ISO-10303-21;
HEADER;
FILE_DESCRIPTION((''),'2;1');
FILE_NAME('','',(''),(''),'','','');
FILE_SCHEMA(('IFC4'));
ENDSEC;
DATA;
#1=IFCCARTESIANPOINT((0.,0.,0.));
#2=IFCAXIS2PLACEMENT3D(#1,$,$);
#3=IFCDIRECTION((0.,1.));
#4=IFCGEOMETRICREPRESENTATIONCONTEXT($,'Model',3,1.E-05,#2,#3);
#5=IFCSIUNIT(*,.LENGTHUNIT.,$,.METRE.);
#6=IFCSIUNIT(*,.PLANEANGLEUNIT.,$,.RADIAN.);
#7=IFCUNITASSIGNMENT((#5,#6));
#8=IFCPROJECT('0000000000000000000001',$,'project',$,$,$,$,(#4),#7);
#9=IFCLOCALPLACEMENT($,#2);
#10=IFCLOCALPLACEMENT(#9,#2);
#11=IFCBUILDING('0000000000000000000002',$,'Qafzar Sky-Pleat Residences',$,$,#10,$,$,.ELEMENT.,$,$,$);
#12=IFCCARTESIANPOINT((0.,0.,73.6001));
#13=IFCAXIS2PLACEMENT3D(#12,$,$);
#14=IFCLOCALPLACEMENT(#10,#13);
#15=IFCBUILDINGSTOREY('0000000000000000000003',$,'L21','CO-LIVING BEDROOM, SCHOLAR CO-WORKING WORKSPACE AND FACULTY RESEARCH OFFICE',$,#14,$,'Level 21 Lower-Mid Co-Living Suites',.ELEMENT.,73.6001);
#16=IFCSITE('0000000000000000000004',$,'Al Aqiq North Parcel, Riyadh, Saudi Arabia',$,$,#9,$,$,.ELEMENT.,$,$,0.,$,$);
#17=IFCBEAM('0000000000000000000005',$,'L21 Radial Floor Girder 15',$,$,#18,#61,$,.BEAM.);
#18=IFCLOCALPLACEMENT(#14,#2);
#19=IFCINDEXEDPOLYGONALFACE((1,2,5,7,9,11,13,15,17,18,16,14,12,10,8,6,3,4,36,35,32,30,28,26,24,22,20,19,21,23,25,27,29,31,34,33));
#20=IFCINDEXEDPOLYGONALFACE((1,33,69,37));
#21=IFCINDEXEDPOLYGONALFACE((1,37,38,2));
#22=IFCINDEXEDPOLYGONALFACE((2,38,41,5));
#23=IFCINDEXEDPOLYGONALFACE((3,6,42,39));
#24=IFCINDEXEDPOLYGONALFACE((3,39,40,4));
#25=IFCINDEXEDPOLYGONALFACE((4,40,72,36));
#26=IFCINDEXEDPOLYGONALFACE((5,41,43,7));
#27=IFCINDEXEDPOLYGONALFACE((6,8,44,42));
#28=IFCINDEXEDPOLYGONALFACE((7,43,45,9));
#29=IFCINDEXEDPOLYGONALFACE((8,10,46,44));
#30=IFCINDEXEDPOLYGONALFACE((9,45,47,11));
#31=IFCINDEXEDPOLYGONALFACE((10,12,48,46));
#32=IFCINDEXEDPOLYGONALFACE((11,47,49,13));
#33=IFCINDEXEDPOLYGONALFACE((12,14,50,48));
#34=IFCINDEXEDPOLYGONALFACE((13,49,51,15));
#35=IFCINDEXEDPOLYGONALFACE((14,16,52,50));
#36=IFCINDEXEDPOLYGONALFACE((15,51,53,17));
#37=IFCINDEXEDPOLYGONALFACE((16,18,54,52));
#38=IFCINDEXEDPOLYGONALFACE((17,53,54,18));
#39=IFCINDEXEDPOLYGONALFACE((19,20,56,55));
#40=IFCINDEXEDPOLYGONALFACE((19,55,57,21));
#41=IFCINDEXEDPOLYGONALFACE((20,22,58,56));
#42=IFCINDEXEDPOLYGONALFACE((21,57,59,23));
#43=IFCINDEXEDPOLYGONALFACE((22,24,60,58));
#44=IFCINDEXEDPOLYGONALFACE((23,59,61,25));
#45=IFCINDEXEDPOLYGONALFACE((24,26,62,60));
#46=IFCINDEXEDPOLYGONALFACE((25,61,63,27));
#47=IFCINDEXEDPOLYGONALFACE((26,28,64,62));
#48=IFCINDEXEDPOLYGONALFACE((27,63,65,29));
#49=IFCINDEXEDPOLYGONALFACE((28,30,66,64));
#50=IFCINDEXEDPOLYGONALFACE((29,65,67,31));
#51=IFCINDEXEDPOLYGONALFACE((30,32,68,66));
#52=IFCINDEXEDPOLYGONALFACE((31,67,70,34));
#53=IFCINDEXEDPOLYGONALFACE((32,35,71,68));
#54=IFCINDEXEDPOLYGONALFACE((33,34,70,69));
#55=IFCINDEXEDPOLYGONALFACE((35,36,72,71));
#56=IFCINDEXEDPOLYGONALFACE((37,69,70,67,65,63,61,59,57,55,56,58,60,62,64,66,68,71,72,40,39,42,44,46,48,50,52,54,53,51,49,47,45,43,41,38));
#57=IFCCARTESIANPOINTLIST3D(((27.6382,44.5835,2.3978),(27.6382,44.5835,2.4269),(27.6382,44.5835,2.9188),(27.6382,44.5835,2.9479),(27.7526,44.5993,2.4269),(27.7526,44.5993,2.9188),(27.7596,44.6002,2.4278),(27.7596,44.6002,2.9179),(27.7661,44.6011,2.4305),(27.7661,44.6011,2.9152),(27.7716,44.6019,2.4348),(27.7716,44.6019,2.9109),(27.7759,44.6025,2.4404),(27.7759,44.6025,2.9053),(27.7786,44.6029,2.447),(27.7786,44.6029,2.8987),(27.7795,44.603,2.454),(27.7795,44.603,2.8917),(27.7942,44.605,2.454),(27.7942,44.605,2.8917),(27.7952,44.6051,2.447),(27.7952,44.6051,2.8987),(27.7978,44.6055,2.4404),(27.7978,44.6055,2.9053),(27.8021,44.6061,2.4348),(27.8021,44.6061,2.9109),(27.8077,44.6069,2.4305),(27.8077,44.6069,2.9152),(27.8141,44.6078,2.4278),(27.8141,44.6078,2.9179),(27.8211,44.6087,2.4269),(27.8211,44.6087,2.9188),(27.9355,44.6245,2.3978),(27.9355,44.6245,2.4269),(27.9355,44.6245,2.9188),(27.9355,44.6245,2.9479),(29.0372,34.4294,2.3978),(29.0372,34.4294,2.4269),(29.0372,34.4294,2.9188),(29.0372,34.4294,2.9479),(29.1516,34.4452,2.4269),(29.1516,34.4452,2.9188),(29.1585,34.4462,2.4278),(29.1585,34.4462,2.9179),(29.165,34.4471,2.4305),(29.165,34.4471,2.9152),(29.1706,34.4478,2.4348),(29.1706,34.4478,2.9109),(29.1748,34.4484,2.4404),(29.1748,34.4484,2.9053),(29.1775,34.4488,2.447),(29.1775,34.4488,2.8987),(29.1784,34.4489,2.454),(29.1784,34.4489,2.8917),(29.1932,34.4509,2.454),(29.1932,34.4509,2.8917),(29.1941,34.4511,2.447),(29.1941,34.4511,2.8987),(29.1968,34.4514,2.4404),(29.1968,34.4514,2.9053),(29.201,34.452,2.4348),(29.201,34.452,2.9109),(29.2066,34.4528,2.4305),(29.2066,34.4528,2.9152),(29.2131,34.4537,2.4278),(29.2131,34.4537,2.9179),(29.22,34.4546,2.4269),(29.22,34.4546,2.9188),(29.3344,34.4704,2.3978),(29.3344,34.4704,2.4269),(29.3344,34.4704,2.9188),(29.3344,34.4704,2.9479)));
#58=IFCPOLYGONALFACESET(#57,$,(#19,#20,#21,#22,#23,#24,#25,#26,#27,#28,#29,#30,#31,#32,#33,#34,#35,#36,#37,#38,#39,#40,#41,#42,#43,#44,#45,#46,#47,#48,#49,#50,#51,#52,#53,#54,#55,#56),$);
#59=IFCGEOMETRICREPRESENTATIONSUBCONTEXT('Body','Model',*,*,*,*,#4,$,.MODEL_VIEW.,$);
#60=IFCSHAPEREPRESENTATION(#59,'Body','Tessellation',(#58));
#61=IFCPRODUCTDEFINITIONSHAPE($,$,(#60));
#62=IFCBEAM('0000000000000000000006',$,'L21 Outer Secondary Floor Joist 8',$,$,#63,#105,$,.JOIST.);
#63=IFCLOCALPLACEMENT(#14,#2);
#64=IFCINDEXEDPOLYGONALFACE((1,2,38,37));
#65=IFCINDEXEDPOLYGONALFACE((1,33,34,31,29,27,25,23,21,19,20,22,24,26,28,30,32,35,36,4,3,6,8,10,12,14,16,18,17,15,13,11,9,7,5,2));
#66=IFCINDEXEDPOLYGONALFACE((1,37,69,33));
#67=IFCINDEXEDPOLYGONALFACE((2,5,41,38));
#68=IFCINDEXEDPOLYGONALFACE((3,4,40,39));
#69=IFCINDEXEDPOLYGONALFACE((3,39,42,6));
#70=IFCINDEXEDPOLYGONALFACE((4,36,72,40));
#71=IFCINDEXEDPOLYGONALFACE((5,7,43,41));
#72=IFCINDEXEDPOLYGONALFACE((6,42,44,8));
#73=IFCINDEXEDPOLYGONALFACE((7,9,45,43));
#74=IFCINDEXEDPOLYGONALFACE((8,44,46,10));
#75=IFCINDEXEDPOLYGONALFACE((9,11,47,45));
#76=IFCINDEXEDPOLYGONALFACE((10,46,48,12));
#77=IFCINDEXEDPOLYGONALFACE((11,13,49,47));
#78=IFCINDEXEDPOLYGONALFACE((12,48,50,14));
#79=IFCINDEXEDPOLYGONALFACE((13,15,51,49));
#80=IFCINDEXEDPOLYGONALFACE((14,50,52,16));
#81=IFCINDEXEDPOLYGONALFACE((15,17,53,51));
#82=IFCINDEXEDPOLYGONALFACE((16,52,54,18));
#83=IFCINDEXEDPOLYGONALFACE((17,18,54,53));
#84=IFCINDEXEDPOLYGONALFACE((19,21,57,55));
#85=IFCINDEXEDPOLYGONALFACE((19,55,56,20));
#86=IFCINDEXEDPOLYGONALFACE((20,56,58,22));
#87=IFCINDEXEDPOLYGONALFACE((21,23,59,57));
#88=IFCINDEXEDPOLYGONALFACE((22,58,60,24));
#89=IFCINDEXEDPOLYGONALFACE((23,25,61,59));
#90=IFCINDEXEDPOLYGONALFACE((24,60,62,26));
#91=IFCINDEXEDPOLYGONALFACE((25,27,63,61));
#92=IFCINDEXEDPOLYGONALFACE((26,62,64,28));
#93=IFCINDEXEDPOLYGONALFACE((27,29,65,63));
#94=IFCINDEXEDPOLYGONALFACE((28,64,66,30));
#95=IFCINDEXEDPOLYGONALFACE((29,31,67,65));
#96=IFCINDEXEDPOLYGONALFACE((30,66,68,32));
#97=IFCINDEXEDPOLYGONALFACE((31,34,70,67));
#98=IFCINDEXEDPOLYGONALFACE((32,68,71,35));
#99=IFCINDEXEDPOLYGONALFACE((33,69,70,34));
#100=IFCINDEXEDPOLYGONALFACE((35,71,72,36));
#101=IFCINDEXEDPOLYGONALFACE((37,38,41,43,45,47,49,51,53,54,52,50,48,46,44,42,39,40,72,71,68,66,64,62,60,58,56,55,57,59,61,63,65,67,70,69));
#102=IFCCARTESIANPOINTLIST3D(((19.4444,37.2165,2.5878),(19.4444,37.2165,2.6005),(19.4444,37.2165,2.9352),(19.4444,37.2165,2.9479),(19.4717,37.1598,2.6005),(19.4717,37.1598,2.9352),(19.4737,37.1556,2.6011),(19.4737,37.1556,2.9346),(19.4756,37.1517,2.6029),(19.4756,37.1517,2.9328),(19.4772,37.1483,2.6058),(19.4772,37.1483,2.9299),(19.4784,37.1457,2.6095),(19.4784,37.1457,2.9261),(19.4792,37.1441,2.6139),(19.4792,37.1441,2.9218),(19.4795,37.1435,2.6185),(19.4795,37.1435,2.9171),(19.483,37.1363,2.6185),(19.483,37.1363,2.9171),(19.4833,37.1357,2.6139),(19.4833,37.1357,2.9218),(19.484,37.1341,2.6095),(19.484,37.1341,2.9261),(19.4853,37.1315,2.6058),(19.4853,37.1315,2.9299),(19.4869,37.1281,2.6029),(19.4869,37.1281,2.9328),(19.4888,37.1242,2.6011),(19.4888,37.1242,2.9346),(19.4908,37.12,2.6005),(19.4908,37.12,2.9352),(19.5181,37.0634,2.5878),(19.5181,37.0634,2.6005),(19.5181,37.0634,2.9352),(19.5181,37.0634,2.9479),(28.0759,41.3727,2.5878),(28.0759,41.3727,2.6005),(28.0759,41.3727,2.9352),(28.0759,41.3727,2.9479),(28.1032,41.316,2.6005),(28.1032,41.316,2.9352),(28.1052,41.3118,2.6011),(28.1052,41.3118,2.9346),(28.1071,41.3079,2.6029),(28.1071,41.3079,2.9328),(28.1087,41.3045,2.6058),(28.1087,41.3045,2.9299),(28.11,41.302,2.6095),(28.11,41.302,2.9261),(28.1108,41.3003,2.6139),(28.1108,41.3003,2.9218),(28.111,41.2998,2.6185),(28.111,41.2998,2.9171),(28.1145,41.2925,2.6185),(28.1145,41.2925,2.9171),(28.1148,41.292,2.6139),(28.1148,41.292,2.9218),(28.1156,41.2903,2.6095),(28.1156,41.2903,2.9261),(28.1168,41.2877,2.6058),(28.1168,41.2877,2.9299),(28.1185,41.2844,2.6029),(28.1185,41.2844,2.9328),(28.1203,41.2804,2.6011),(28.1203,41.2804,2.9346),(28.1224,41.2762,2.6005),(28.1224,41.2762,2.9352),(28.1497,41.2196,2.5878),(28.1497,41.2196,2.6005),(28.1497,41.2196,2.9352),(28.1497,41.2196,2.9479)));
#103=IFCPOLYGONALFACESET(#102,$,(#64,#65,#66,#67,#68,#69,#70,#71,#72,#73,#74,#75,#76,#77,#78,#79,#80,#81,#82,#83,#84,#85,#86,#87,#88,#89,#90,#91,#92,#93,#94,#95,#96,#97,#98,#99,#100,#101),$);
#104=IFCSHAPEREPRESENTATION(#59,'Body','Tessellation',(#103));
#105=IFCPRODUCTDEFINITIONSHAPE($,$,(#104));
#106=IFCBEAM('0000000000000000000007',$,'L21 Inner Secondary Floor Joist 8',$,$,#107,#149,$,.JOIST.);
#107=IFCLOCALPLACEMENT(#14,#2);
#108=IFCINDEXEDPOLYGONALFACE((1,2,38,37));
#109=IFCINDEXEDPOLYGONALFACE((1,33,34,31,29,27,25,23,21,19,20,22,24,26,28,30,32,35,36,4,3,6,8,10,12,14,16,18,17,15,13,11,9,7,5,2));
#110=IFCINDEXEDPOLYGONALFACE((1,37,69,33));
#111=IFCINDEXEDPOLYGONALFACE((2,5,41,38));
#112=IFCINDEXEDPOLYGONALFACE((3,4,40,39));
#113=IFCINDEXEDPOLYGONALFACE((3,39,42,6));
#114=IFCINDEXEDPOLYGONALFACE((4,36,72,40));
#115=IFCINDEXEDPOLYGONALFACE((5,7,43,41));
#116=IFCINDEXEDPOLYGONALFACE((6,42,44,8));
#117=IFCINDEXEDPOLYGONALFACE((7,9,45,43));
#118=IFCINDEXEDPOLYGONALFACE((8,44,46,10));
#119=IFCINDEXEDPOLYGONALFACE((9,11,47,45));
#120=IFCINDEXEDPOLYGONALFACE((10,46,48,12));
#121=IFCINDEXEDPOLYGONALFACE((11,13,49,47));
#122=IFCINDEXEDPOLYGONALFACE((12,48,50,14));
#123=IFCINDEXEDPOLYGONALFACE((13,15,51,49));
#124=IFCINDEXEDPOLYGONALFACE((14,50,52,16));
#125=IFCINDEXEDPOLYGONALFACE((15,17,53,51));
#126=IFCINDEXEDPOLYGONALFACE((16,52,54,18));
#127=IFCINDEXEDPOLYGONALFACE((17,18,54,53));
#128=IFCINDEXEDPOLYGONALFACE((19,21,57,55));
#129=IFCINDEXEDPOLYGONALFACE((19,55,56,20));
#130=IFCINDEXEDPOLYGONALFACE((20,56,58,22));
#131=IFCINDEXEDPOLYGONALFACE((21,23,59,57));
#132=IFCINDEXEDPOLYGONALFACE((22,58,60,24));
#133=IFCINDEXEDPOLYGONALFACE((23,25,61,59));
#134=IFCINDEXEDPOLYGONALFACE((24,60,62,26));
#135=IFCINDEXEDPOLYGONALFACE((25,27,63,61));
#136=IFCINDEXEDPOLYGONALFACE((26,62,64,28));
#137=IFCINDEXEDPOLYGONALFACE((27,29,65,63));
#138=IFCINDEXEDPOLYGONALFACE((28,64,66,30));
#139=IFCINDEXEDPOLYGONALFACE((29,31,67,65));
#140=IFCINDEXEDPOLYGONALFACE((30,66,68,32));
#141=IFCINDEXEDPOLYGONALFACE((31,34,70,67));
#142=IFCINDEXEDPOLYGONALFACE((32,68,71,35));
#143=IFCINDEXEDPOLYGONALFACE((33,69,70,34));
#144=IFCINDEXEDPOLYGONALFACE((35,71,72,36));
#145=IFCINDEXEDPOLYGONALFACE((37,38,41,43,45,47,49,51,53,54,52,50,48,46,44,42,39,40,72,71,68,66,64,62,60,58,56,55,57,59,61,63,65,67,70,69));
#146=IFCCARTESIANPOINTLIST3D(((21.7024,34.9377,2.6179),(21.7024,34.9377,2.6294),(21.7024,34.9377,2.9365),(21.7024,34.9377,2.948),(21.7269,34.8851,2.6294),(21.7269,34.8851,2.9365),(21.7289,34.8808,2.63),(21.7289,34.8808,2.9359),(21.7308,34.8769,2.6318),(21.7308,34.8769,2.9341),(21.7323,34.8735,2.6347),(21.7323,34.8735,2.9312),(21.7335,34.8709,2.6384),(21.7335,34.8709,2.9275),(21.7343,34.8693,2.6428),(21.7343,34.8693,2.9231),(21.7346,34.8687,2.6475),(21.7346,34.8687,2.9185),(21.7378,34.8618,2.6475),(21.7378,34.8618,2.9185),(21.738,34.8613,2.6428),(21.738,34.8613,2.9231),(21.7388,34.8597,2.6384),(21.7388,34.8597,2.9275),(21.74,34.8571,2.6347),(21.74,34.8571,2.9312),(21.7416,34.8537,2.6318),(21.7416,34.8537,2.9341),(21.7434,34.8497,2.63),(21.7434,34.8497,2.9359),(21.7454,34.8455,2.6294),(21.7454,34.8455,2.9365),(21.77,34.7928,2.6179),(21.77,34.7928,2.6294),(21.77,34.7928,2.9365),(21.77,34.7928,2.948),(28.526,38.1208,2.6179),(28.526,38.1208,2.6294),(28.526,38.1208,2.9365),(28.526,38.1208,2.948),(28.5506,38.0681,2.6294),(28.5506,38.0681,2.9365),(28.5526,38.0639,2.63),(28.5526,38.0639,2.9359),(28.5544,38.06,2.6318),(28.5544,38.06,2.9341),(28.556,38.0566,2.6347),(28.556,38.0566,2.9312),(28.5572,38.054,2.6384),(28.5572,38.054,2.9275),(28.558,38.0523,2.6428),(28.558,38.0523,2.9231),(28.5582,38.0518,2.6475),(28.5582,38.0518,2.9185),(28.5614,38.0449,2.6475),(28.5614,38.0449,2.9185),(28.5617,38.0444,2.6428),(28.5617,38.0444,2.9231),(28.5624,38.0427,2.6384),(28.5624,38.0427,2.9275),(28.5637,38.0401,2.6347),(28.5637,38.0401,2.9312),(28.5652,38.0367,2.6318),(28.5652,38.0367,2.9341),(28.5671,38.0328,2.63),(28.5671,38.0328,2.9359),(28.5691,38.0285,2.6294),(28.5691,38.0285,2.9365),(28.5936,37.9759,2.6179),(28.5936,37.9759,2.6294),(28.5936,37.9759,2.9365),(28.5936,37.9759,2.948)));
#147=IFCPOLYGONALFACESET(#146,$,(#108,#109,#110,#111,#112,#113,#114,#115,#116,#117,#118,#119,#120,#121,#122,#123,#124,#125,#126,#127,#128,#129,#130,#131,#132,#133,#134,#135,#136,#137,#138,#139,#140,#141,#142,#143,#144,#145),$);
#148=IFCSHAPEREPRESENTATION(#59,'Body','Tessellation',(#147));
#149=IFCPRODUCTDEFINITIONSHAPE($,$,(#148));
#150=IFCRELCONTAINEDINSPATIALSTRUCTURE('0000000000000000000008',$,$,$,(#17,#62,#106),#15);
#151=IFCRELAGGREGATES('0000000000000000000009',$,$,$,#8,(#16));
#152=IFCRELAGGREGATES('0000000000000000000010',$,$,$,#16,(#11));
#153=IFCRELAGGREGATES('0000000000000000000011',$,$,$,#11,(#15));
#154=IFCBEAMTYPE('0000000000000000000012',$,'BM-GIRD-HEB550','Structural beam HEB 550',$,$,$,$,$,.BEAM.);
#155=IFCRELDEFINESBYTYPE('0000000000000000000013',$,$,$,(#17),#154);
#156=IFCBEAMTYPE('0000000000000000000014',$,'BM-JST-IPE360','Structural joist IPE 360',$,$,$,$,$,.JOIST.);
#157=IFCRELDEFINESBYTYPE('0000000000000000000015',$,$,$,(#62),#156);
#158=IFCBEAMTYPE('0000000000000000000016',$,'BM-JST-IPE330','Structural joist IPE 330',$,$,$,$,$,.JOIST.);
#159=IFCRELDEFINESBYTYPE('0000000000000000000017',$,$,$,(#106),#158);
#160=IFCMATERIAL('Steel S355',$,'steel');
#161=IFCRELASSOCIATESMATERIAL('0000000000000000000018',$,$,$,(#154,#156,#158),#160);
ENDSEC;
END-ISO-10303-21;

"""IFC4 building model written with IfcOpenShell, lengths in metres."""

from ifc_helpers import new_model, si_unit, direction, frame, origin, origin_2d, place, context, subcontext, project, spatial, i_section, extrude, source, transform, mapped, material, material_profile, profile_set, type_object, element, save


model = new_model("IFC4")

# Units and contexts
model_context = context("Model", 3, precision=1e-05, world=origin(), true_north=direction((0.0, 1.0)))
body_context = subcontext(model_context, "Body", "Model", "MODEL_VIEW")
ifc_project = project(units=[si_unit("LENGTHUNIT", "METRE"), si_unit("PLANEANGLEUNIT", "RADIAN")], contexts=[model_context])

# Site, building, storey
site_placement = place(None, origin())
site = spatial("IfcSite", under=ifc_project, at=site_placement, Name="Al Aqiq North Parcel, Riyadh, Saudi Arabia", CompositionType="ELEMENT", RefElevation=0.0)
building_placement = place(site_placement, origin())
building = spatial("IfcBuilding", under=site, at=building_placement, Name="Qafzar Sky-Pleat Residences", CompositionType="ELEMENT")
storey_placement = place(building_placement, frame((0.0, 0.0, 73.6001)))
storey = spatial("IfcBuildingStorey", under=building, at=storey_placement, Name="L21", Description="CO-LIVING BEDROOM, SCHOLAR CO-WORKING WORKSPACE AND FACULTY RESEARCH OFFICE", LongName="Level 21 Lower-Mid Co-Living Suites", CompositionType="ELEMENT", Elevation=73.6001)

# Beams
ifc_material_1 = material(Name="Steel S355", Category="steel")
ifc_material_profile_1 = material_profile(ifc_material_1, i_section(OverallWidth=0.3, OverallDepth=0.55, WebThickness=0.0149, FlangeThickness=0.0291, FilletRadius=0.0271, at=origin_2d()), Name="HEB 550")
ifc_profile_set_1 = profile_set([ifc_material_profile_1], Name="Steel S355")
beam_type_1 = type_object("IfcBeamType", Name="BM-GIRD-HEB550", Description="Structural beam HEB 550", PredefinedType="BEAM", material=ifc_profile_set_1)
shared_shape_1 = source(origin(), body_context, "Body", "SweptSolid", [
    extrude(i_section(OverallWidth=0.3, OverallDepth=0.55, WebThickness=0.0149, FlangeThickness=0.0291, FilletRadius=0.0271, at=origin_2d()), origin(), (0.0, 0.0, 1.0), 10.25),
])
beam_1_placement = place(storey_placement, frame((27.7869, 44.604, 2.6729), z_axis=(0.136481, -0.990643, 0.0), x_axis=(0.990643, 0.136481, 0.0)))
element("IfcBeam", 1, at=beam_1_placement, inside=storey, type_object=beam_type_1, Name="L21 Radial Floor Girder 15", PredefinedType="BEAM", context=body_context, shape_type="MappedRepresentation", body=[
    mapped(shared_shape_1, transform((0.0, 0.0, 0.0), x_axis=(1.0, 0.0, 0.0), y_axis=(0.0, 1.0, 0.0), z_axis=(0.0, 0.0, 1.0), scale=1.0)),
])
ifc_material_profile_2 = material_profile(ifc_material_1, i_section(OverallWidth=0.1699, OverallDepth=0.3601, WebThickness=0.0081, FlangeThickness=0.0127, FilletRadius=0.0181, at=origin_2d()), Name="IPE 360")
ifc_profile_set_2 = profile_set([ifc_material_profile_2], Name="Steel S355")
beam_type_2 = type_object("IfcBeamType", Name="BM-JST-IPE360", Description="Structural joist IPE 360", PredefinedType="JOIST", material=ifc_profile_set_2)
shared_shape_2 = source(origin(), body_context, "Body", "SweptSolid", [
    extrude(i_section(OverallWidth=0.1699, OverallDepth=0.3601, WebThickness=0.0081, FlangeThickness=0.0127, FilletRadius=0.0181, at=origin_2d()), origin(), (0.0, 0.0, 1.0), 9.5801),
])
beam_2_placement = place(storey_placement, frame((28.1128, 41.2961, 2.7678), z_axis=(-0.900989, -0.433841, 0.0), x_axis=(0.433841, -0.900989, 0.0)))
element("IfcBeam", 2, at=beam_2_placement, inside=storey, type_object=beam_type_2, Name="L21 Outer Secondary Floor Joist 8", PredefinedType="JOIST", context=body_context, shape_type="MappedRepresentation", body=[
    mapped(shared_shape_2, transform((0.0, 0.0, 0.0), x_axis=(1.0, 0.0, 0.0), y_axis=(0.0, 1.0, 0.0), z_axis=(0.0, 0.0, 1.0), scale=1.0)),
])
ifc_material_profile_3 = material_profile(ifc_material_1, i_section(OverallWidth=0.1599, OverallDepth=0.3301, WebThickness=0.0076, FlangeThickness=0.0115, FilletRadius=0.0181, at=origin_2d()), Name="IPE 330")
ifc_profile_set_3 = profile_set([ifc_material_profile_3], Name="Steel S355")
beam_type_3 = type_object("IfcBeamType", Name="BM-JST-IPE330", Description="Structural joist IPE 330", PredefinedType="JOIST", material=ifc_profile_set_3)
shared_shape_3 = source(origin(), body_context, "Body", "SweptSolid", [
    extrude(i_section(OverallWidth=0.1599, OverallDepth=0.3301, WebThickness=0.0076, FlangeThickness=0.0115, FilletRadius=0.0181, at=origin_2d()), origin(), (0.0, 0.0, 1.0), 7.5295),
])
beam_3_placement = place(storey_placement, frame((28.5598, 38.0483, 2.783), z_axis=(-0.906249, -0.422743, 0.0), x_axis=(0.422743, -0.906249, 0.0)))
element("IfcBeam", 3, at=beam_3_placement, inside=storey, type_object=beam_type_3, Name="L21 Inner Secondary Floor Joist 8", PredefinedType="JOIST", context=body_context, shape_type="MappedRepresentation", body=[
    mapped(shared_shape_3, transform((0.0, 0.0, 0.0), x_axis=(1.0, 0.0, 0.0), y_axis=(0.0, 1.0, 0.0), z_axis=(0.0, 0.0, 1.0), scale=1.0)),
])

save(model, "model.ifc")
